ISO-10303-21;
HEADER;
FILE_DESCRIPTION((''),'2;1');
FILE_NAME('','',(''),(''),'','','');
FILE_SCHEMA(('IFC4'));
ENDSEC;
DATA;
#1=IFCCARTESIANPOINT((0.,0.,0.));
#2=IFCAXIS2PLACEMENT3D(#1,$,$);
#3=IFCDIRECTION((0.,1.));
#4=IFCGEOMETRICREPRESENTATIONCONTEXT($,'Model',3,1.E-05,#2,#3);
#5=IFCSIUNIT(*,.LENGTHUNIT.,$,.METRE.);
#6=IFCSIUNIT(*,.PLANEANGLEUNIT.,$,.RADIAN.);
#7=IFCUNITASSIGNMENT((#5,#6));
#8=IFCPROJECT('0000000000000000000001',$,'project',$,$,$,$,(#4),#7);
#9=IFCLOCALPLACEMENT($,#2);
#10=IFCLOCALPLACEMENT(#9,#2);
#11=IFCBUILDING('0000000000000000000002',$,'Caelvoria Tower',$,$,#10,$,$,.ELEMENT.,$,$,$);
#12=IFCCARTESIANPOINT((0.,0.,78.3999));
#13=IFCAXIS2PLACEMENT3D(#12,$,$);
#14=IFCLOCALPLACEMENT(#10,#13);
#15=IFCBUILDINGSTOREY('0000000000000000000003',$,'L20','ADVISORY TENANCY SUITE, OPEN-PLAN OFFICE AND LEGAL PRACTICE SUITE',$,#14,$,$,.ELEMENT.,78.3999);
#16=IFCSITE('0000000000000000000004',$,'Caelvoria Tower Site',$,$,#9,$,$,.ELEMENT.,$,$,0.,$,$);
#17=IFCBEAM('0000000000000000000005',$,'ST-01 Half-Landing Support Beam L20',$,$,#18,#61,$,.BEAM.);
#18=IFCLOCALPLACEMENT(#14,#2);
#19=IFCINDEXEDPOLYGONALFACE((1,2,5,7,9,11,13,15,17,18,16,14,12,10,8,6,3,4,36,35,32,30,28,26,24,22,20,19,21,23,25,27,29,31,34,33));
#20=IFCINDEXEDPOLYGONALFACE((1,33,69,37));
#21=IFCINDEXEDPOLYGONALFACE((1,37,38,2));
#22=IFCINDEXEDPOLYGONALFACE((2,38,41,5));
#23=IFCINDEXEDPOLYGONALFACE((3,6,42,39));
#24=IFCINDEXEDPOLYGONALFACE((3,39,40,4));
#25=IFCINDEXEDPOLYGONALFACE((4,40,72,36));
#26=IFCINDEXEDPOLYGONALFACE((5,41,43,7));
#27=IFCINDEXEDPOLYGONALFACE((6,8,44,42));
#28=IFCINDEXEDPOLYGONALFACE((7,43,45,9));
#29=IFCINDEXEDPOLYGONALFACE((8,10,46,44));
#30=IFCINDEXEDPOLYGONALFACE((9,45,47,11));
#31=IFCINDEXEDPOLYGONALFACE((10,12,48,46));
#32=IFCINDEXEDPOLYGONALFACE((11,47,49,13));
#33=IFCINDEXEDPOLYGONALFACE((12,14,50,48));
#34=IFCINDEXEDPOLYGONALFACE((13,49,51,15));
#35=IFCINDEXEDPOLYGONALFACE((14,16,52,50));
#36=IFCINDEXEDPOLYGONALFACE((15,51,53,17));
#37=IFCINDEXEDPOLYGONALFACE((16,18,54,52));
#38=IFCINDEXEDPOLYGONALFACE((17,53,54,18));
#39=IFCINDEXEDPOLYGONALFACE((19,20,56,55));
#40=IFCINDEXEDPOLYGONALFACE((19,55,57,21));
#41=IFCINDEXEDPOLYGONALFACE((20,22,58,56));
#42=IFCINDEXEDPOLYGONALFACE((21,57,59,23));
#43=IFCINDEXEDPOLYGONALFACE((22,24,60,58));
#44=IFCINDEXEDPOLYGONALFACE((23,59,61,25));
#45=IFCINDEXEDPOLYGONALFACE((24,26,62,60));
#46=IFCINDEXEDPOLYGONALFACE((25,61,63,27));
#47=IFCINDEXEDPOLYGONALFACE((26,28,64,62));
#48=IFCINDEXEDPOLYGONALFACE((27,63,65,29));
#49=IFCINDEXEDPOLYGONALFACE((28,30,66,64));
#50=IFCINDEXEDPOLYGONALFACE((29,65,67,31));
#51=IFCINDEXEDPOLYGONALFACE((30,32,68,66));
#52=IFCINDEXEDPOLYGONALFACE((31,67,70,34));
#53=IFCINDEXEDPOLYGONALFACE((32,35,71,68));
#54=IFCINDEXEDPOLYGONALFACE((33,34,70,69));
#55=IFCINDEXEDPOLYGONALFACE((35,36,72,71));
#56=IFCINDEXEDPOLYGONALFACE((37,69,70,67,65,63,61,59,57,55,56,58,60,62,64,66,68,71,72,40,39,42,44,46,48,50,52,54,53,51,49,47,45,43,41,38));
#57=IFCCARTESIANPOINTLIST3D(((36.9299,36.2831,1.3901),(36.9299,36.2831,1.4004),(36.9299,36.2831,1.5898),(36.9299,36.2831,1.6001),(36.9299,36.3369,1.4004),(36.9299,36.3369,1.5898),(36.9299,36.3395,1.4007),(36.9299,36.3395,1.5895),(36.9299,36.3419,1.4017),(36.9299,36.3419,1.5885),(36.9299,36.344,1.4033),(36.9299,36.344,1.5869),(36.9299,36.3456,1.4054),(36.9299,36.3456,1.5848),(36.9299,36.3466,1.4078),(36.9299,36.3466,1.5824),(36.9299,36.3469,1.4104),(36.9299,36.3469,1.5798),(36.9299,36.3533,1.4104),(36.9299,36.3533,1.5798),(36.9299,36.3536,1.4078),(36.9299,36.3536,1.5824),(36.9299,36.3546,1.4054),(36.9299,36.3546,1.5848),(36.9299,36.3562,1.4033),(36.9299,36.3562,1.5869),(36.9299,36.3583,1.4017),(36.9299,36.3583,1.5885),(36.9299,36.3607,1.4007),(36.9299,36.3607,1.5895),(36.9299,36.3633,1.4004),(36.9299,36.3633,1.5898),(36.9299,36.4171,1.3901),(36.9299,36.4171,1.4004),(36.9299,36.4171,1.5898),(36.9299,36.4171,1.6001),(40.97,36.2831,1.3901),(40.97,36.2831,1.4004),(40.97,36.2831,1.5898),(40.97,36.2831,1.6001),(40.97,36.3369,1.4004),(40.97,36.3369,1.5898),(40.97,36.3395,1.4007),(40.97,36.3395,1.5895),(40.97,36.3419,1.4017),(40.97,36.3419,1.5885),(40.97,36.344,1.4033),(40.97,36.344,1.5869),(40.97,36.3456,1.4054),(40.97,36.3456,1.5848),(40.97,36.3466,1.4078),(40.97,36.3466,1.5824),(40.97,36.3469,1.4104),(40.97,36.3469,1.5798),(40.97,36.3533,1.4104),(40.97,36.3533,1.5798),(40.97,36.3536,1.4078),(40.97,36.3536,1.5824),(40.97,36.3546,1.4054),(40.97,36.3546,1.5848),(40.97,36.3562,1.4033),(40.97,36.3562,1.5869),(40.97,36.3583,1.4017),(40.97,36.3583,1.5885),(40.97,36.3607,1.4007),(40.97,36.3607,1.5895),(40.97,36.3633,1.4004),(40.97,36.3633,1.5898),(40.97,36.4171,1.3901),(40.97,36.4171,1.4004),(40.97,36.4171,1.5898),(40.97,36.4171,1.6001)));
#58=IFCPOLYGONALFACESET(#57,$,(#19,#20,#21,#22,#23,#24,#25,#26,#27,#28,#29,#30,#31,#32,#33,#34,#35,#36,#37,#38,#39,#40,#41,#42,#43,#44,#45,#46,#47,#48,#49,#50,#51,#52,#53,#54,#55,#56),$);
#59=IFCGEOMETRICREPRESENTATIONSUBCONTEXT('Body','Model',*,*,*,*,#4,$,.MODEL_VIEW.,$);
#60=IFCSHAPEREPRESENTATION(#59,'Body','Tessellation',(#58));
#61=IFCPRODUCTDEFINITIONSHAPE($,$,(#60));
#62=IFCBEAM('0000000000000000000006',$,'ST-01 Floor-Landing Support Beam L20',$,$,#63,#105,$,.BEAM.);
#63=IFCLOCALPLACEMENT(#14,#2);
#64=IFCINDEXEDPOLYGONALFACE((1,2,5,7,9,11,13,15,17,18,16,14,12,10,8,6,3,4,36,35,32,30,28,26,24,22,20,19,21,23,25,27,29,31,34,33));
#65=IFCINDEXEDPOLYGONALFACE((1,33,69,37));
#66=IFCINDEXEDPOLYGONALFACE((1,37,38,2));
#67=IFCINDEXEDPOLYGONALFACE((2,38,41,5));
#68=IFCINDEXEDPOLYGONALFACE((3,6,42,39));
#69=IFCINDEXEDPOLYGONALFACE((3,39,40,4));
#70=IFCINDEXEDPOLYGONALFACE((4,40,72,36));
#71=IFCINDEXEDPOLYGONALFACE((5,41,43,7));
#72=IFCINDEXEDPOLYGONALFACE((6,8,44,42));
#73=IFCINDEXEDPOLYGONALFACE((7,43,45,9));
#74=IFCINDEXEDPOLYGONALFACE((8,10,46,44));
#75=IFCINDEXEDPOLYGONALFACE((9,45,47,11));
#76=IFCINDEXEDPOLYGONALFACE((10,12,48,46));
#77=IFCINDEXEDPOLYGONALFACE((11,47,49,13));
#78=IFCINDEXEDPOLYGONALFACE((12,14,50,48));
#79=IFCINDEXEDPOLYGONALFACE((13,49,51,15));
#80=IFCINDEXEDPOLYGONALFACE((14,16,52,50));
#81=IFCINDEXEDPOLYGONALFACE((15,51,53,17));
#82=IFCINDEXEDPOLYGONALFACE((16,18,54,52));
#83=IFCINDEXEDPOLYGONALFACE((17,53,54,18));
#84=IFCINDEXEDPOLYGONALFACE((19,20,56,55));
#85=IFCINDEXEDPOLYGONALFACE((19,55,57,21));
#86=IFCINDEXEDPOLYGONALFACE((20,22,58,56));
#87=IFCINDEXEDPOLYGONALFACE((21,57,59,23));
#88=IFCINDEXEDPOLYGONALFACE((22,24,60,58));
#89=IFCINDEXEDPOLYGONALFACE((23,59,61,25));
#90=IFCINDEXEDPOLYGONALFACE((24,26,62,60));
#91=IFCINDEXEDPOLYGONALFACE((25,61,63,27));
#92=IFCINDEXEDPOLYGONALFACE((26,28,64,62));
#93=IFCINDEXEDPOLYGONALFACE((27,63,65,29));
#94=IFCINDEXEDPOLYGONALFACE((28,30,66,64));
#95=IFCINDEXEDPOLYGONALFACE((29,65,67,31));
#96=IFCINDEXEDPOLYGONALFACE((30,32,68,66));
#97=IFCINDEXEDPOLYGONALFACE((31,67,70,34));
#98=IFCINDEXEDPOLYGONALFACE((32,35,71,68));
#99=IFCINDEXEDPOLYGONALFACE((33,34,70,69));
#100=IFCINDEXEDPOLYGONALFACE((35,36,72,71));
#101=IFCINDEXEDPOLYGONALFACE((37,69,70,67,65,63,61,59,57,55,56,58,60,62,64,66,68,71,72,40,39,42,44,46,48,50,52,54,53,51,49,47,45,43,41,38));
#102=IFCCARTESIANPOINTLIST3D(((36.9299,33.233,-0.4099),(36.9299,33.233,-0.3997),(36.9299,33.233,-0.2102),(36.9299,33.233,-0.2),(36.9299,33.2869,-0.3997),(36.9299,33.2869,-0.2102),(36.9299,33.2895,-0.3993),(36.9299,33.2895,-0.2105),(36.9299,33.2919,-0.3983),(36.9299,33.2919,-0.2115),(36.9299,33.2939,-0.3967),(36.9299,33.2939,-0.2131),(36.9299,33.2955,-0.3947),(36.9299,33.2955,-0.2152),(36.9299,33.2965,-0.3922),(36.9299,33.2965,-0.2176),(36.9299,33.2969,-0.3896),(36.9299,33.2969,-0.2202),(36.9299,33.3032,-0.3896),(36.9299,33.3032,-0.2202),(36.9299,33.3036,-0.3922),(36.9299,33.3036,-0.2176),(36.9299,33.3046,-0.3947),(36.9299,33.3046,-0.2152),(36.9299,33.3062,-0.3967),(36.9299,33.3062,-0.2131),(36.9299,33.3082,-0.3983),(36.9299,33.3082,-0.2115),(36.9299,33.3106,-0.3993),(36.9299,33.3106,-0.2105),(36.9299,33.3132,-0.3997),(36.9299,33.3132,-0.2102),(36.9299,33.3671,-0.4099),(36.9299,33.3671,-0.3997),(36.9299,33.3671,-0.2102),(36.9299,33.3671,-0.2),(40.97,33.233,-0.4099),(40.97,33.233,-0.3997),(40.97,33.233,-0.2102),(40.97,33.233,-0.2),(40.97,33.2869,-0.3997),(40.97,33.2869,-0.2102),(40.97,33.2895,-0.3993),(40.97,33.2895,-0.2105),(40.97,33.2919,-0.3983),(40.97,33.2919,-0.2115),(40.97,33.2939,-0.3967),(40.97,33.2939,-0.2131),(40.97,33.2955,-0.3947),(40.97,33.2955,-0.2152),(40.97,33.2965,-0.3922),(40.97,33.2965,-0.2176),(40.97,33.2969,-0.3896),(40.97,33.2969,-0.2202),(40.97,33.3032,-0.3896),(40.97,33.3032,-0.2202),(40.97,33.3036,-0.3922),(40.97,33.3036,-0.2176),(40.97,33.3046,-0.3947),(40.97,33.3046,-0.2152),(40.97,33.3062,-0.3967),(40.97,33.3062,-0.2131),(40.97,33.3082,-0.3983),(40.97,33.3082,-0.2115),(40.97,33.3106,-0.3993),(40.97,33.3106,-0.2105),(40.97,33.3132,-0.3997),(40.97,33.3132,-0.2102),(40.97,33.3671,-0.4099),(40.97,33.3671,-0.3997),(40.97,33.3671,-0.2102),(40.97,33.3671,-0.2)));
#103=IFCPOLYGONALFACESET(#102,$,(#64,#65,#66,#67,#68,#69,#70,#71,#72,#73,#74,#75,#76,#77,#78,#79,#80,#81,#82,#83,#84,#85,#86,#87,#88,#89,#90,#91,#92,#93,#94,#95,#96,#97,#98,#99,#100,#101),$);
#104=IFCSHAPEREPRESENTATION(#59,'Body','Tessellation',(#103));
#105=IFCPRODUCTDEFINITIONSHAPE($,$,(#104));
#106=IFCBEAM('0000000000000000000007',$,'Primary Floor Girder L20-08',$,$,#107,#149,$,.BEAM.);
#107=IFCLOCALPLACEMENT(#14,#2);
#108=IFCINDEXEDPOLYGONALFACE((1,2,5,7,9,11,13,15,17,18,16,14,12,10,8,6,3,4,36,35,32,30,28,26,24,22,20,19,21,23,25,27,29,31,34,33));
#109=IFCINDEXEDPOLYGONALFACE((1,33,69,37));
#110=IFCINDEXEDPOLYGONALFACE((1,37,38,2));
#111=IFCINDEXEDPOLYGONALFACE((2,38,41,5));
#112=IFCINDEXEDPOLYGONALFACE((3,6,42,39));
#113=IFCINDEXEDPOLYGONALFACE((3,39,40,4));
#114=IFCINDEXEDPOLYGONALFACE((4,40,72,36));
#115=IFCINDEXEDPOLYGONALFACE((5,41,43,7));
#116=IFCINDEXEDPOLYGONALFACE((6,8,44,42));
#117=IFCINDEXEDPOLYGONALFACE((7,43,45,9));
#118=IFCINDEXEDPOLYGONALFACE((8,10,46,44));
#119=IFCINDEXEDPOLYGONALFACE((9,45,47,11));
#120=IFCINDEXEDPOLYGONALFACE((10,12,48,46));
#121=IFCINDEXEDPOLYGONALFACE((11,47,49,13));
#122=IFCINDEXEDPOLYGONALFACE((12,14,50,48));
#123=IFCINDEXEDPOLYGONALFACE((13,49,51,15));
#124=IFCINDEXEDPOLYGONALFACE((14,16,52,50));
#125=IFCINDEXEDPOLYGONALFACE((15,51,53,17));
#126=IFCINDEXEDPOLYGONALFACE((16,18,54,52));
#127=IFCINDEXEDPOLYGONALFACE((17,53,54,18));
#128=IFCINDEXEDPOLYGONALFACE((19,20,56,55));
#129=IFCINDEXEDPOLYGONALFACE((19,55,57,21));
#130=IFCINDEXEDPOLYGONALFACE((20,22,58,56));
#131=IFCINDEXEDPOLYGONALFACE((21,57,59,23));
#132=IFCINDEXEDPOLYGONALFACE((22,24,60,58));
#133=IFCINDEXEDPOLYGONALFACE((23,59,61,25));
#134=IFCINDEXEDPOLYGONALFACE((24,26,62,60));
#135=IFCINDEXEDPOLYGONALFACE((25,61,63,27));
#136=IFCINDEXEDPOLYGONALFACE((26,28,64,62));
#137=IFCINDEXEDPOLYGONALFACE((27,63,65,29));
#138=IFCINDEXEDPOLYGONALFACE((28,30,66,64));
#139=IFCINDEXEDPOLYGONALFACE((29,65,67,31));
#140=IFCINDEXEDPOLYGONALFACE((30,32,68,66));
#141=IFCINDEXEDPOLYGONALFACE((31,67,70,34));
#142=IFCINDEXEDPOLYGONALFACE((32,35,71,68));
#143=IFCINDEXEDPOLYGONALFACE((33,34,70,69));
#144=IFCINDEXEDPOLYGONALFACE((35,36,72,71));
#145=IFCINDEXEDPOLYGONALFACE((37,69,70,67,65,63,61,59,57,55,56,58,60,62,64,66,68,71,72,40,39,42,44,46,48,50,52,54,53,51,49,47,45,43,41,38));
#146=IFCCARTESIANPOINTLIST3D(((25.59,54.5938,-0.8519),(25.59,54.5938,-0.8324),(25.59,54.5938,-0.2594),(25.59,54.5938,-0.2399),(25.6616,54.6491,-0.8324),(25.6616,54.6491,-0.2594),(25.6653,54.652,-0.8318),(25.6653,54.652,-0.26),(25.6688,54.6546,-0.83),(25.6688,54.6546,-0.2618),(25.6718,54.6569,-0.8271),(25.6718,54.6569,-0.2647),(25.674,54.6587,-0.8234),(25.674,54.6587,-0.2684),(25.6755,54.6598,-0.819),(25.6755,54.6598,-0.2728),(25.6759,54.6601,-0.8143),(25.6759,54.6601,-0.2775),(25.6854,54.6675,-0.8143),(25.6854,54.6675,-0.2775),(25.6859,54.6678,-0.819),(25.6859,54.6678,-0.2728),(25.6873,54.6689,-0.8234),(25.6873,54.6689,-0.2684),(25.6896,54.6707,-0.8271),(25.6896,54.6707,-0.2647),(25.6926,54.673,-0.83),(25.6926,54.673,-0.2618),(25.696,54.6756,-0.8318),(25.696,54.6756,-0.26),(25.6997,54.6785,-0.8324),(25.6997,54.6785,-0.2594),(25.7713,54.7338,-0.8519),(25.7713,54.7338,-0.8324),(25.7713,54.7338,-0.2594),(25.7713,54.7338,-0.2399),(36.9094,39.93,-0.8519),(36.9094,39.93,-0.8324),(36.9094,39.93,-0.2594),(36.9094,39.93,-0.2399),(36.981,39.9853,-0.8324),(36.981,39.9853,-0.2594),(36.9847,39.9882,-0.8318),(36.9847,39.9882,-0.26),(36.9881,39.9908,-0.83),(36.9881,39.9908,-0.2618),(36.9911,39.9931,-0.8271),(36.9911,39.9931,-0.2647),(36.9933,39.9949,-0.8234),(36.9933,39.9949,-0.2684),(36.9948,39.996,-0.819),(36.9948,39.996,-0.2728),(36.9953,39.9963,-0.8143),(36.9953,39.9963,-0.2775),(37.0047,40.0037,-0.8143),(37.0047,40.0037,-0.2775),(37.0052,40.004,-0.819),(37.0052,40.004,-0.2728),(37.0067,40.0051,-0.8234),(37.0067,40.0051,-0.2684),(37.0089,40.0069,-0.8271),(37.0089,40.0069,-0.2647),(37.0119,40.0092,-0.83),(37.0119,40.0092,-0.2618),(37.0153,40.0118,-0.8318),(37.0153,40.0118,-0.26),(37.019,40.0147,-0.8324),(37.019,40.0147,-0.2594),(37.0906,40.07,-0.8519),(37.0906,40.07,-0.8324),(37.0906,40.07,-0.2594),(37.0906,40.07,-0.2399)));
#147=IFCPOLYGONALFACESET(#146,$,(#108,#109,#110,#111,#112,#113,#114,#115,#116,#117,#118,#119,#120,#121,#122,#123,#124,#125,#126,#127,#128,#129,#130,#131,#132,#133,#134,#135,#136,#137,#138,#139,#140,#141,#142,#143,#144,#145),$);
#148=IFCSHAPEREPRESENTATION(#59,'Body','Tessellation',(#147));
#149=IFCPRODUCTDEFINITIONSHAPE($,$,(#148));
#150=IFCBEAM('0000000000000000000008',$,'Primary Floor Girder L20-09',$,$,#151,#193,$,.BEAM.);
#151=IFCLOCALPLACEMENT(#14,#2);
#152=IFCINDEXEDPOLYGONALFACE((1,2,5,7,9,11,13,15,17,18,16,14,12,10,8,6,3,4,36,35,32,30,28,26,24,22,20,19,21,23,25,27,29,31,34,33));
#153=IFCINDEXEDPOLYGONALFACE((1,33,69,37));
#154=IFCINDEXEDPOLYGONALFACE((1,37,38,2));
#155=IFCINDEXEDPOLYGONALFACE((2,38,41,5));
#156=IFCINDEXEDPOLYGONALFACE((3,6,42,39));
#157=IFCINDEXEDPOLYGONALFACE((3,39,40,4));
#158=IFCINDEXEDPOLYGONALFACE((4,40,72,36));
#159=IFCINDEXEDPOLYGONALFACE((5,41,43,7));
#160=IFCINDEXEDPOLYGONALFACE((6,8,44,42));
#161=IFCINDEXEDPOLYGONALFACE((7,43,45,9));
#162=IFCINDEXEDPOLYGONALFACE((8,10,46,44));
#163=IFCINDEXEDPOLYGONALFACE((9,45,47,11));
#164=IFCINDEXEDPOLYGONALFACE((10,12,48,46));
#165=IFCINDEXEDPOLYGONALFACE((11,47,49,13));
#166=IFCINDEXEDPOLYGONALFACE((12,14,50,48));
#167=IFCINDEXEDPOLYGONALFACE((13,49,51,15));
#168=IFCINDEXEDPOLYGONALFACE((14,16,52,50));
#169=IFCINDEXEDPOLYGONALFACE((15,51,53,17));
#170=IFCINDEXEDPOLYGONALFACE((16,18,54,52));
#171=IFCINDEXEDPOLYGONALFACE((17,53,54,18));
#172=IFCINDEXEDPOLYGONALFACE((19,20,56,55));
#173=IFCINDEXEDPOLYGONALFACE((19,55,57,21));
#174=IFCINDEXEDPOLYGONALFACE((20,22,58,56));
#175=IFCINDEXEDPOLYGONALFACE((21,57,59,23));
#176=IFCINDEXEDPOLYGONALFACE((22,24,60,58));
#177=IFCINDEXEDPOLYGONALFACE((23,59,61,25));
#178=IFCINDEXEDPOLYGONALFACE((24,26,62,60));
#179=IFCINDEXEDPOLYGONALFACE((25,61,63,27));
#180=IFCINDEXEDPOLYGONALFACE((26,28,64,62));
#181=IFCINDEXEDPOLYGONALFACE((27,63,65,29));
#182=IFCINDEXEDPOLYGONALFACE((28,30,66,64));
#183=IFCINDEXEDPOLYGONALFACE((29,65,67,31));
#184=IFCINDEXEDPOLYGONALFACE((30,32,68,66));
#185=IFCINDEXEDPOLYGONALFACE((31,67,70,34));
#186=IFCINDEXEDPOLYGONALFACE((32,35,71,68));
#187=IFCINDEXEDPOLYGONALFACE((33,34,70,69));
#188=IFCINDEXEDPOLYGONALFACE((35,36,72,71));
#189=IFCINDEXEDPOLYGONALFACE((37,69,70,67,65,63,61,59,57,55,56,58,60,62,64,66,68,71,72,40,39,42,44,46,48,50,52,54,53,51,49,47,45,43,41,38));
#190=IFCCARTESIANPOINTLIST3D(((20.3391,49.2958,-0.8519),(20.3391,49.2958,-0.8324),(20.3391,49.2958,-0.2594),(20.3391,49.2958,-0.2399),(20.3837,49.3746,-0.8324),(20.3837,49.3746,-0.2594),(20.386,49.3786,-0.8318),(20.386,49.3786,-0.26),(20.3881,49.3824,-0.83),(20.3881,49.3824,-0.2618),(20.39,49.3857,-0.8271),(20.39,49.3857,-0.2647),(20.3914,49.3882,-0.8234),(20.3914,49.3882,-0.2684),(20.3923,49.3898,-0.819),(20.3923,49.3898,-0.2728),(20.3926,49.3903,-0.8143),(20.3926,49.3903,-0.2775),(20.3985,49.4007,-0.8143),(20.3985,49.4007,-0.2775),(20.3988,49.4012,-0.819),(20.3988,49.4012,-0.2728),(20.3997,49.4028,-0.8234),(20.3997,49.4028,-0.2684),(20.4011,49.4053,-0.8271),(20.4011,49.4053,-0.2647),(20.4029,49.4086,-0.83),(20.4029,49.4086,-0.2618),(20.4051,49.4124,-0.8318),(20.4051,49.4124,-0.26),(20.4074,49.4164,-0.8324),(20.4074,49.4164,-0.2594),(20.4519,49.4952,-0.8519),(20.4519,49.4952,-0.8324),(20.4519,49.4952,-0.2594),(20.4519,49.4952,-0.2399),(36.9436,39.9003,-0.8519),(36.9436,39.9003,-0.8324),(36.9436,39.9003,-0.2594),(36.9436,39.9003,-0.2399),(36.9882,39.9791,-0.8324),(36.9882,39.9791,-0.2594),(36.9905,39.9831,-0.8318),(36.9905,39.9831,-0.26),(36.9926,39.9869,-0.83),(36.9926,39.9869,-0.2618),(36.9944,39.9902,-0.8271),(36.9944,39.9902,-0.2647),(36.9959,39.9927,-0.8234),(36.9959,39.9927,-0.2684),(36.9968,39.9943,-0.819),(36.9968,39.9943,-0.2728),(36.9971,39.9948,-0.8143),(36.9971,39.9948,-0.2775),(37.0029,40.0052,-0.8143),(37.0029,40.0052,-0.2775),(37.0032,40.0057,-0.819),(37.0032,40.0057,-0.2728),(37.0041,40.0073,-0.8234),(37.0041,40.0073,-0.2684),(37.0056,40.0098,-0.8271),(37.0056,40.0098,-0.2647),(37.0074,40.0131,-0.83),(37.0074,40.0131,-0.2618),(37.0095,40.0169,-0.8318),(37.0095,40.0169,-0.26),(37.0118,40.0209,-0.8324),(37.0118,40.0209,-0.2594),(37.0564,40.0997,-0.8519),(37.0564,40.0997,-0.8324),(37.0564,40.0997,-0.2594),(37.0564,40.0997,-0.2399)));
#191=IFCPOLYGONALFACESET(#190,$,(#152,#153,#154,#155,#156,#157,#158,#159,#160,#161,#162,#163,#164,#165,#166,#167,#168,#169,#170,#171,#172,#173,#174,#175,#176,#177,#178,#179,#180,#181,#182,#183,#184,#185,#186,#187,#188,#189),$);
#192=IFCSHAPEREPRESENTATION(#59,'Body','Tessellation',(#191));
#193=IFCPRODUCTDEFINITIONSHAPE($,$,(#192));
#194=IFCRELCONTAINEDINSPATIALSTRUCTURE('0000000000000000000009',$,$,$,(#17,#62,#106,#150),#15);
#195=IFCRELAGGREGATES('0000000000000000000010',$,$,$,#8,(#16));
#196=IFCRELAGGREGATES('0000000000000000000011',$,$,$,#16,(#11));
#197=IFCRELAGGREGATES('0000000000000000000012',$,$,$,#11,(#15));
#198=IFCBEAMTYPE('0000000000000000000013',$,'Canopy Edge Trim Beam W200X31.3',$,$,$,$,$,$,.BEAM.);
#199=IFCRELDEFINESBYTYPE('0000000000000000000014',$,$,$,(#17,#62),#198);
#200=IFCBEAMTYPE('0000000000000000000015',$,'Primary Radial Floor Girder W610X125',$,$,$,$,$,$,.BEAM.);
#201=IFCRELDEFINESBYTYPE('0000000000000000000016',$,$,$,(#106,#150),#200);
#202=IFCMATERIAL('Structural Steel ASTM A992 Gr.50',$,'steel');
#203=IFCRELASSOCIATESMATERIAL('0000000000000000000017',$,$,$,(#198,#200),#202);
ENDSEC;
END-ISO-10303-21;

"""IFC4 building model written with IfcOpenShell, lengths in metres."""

from ifc_helpers import new_model, si_unit, direction, frame, origin, origin_2d, place, context, subcontext, project, spatial, i_section, extrude, material, material_profile, profile_set, type_object, element, save


model = new_model("IFC4")

# Units and contexts
model_context = context("Model", 3, precision=1e-05, world=origin(), true_north=direction((0.0, 1.0)))
body_context = subcontext(model_context, "Body", "Model", "MODEL_VIEW")
ifc_project = project(units=[si_unit("LENGTHUNIT", "METRE"), si_unit("PLANEANGLEUNIT", "RADIAN")], contexts=[model_context])

# Site, building, storey
site_placement = place(None, origin())
site = spatial("IfcSite", under=ifc_project, at=site_placement, Name="Caelvoria Tower Site", CompositionType="ELEMENT", RefElevation=0.0)
building_placement = place(site_placement, origin())
building = spatial("IfcBuilding", under=site, at=building_placement, Name="Caelvoria Tower", CompositionType="ELEMENT")
storey_placement = place(building_placement, frame((0.0, 0.0, 78.3999)))
storey = spatial("IfcBuildingStorey", under=building, at=storey_placement, Name="L20", Description="ADVISORY TENANCY SUITE, OPEN-PLAN OFFICE AND LEGAL PRACTICE SUITE", CompositionType="ELEMENT", Elevation=78.3999)

# Beams
ifc_material_1 = material(Name="Structural Steel ASTM A992 Gr.50", Category="steel")
ifc_material_profile_1 = material_profile(ifc_material_1, i_section(OverallWidth=0.134, OverallDepth=0.21, WebThickness=0.0063, FlangeThickness=0.0103, FilletRadius=0.01, at=origin_2d()), Name="Structural Steel ASTM A992 Gr.50")
ifc_profile_set_1 = profile_set([ifc_material_profile_1], Name="W200X31.3 - Structural Steel ASTM A992 Gr.50")
beam_type_1 = type_object("IfcBeamType", Name="Canopy Edge Trim Beam W200X31.3", PredefinedType="BEAM", material=ifc_profile_set_1)
for number, where, z_axis, x_axis, name in (
    (1, (36.9299, 36.3501, 1.4951), (1.0, 0.0, 0.0), (0.0, 1.0, 0.0), "ST-01 Half-Landing Support Beam L20"),
    (2, (36.9299, 33.3, -0.3049), (1.0, 0.0, 0.0), (0.0, 1.0, 0.0), "ST-01 Floor-Landing Support Beam L20"),
):
    element("IfcBeam", number, at=place(storey_placement, frame(where, z_axis=z_axis, x_axis=x_axis)), inside=storey, type_object=beam_type_1, Name=name, PredefinedType="BEAM", context=body_context, shape_type="SweptSolid", body=[
        extrude(i_section(OverallWidth=0.134, OverallDepth=0.21, WebThickness=0.0063, FlangeThickness=0.0103, FilletRadius=0.01, at=origin_2d()), origin(), (0.0, 0.0, 1.0), 4.04),
    ])
ifc_material_profile_2 = material_profile(ifc_material_1, i_section(OverallWidth=0.229, OverallDepth=0.6121, WebThickness=0.012, FlangeThickness=0.0195, FilletRadius=0.0181, at=origin_2d()), Name="Structural Steel ASTM A992 Gr.50")
ifc_profile_set_2 = profile_set([ifc_material_profile_2], Name="W610X125 - Structural Steel ASTM A992 Gr.50")
beam_type_2 = type_object("IfcBeamType", Name="Primary Radial Floor Girder W610X125", PredefinedType="BEAM", material=ifc_profile_set_2)
beam_1_placement = place(storey_placement, frame((37.0, 40.0, -0.5459), z_axis=(-0.611049, 0.791593, 0.0), x_axis=(-0.791593, -0.611049, 0.0)))
element("IfcBeam", 3, at=beam_1_placement, inside=storey, type_object=beam_type_2, Name="Primary Floor Girder L20-08", PredefinedType="BEAM", context=body_context, shape_type="SweptSolid", body=[
    extrude(i_section(OverallWidth=0.229, OverallDepth=0.6121, WebThickness=0.012, FlangeThickness=0.0195, FilletRadius=0.0181, at=origin_2d()), origin(), (0.0, 0.0, 1.0), 18.5244),
])
beam_2_placement = place(storey_placement, frame((37.0, 40.0, -0.5459), z_axis=(-0.87033, 0.492469, 0.0), x_axis=(-0.492469, -0.87033, 0.0)))
element("IfcBeam", 4, at=beam_2_placement, inside=storey, type_object=beam_type_2, Name="Primary Floor Girder L20-09", PredefinedType="BEAM", context=body_context, shape_type="SweptSolid", body=[
    extrude(i_section(OverallWidth=0.229, OverallDepth=0.6121, WebThickness=0.012, FlangeThickness=0.0195, FilletRadius=0.0181, at=origin_2d()), origin(), (0.0, 0.0, 1.0), 19.0784),
])

save(model, "model.ifc")
